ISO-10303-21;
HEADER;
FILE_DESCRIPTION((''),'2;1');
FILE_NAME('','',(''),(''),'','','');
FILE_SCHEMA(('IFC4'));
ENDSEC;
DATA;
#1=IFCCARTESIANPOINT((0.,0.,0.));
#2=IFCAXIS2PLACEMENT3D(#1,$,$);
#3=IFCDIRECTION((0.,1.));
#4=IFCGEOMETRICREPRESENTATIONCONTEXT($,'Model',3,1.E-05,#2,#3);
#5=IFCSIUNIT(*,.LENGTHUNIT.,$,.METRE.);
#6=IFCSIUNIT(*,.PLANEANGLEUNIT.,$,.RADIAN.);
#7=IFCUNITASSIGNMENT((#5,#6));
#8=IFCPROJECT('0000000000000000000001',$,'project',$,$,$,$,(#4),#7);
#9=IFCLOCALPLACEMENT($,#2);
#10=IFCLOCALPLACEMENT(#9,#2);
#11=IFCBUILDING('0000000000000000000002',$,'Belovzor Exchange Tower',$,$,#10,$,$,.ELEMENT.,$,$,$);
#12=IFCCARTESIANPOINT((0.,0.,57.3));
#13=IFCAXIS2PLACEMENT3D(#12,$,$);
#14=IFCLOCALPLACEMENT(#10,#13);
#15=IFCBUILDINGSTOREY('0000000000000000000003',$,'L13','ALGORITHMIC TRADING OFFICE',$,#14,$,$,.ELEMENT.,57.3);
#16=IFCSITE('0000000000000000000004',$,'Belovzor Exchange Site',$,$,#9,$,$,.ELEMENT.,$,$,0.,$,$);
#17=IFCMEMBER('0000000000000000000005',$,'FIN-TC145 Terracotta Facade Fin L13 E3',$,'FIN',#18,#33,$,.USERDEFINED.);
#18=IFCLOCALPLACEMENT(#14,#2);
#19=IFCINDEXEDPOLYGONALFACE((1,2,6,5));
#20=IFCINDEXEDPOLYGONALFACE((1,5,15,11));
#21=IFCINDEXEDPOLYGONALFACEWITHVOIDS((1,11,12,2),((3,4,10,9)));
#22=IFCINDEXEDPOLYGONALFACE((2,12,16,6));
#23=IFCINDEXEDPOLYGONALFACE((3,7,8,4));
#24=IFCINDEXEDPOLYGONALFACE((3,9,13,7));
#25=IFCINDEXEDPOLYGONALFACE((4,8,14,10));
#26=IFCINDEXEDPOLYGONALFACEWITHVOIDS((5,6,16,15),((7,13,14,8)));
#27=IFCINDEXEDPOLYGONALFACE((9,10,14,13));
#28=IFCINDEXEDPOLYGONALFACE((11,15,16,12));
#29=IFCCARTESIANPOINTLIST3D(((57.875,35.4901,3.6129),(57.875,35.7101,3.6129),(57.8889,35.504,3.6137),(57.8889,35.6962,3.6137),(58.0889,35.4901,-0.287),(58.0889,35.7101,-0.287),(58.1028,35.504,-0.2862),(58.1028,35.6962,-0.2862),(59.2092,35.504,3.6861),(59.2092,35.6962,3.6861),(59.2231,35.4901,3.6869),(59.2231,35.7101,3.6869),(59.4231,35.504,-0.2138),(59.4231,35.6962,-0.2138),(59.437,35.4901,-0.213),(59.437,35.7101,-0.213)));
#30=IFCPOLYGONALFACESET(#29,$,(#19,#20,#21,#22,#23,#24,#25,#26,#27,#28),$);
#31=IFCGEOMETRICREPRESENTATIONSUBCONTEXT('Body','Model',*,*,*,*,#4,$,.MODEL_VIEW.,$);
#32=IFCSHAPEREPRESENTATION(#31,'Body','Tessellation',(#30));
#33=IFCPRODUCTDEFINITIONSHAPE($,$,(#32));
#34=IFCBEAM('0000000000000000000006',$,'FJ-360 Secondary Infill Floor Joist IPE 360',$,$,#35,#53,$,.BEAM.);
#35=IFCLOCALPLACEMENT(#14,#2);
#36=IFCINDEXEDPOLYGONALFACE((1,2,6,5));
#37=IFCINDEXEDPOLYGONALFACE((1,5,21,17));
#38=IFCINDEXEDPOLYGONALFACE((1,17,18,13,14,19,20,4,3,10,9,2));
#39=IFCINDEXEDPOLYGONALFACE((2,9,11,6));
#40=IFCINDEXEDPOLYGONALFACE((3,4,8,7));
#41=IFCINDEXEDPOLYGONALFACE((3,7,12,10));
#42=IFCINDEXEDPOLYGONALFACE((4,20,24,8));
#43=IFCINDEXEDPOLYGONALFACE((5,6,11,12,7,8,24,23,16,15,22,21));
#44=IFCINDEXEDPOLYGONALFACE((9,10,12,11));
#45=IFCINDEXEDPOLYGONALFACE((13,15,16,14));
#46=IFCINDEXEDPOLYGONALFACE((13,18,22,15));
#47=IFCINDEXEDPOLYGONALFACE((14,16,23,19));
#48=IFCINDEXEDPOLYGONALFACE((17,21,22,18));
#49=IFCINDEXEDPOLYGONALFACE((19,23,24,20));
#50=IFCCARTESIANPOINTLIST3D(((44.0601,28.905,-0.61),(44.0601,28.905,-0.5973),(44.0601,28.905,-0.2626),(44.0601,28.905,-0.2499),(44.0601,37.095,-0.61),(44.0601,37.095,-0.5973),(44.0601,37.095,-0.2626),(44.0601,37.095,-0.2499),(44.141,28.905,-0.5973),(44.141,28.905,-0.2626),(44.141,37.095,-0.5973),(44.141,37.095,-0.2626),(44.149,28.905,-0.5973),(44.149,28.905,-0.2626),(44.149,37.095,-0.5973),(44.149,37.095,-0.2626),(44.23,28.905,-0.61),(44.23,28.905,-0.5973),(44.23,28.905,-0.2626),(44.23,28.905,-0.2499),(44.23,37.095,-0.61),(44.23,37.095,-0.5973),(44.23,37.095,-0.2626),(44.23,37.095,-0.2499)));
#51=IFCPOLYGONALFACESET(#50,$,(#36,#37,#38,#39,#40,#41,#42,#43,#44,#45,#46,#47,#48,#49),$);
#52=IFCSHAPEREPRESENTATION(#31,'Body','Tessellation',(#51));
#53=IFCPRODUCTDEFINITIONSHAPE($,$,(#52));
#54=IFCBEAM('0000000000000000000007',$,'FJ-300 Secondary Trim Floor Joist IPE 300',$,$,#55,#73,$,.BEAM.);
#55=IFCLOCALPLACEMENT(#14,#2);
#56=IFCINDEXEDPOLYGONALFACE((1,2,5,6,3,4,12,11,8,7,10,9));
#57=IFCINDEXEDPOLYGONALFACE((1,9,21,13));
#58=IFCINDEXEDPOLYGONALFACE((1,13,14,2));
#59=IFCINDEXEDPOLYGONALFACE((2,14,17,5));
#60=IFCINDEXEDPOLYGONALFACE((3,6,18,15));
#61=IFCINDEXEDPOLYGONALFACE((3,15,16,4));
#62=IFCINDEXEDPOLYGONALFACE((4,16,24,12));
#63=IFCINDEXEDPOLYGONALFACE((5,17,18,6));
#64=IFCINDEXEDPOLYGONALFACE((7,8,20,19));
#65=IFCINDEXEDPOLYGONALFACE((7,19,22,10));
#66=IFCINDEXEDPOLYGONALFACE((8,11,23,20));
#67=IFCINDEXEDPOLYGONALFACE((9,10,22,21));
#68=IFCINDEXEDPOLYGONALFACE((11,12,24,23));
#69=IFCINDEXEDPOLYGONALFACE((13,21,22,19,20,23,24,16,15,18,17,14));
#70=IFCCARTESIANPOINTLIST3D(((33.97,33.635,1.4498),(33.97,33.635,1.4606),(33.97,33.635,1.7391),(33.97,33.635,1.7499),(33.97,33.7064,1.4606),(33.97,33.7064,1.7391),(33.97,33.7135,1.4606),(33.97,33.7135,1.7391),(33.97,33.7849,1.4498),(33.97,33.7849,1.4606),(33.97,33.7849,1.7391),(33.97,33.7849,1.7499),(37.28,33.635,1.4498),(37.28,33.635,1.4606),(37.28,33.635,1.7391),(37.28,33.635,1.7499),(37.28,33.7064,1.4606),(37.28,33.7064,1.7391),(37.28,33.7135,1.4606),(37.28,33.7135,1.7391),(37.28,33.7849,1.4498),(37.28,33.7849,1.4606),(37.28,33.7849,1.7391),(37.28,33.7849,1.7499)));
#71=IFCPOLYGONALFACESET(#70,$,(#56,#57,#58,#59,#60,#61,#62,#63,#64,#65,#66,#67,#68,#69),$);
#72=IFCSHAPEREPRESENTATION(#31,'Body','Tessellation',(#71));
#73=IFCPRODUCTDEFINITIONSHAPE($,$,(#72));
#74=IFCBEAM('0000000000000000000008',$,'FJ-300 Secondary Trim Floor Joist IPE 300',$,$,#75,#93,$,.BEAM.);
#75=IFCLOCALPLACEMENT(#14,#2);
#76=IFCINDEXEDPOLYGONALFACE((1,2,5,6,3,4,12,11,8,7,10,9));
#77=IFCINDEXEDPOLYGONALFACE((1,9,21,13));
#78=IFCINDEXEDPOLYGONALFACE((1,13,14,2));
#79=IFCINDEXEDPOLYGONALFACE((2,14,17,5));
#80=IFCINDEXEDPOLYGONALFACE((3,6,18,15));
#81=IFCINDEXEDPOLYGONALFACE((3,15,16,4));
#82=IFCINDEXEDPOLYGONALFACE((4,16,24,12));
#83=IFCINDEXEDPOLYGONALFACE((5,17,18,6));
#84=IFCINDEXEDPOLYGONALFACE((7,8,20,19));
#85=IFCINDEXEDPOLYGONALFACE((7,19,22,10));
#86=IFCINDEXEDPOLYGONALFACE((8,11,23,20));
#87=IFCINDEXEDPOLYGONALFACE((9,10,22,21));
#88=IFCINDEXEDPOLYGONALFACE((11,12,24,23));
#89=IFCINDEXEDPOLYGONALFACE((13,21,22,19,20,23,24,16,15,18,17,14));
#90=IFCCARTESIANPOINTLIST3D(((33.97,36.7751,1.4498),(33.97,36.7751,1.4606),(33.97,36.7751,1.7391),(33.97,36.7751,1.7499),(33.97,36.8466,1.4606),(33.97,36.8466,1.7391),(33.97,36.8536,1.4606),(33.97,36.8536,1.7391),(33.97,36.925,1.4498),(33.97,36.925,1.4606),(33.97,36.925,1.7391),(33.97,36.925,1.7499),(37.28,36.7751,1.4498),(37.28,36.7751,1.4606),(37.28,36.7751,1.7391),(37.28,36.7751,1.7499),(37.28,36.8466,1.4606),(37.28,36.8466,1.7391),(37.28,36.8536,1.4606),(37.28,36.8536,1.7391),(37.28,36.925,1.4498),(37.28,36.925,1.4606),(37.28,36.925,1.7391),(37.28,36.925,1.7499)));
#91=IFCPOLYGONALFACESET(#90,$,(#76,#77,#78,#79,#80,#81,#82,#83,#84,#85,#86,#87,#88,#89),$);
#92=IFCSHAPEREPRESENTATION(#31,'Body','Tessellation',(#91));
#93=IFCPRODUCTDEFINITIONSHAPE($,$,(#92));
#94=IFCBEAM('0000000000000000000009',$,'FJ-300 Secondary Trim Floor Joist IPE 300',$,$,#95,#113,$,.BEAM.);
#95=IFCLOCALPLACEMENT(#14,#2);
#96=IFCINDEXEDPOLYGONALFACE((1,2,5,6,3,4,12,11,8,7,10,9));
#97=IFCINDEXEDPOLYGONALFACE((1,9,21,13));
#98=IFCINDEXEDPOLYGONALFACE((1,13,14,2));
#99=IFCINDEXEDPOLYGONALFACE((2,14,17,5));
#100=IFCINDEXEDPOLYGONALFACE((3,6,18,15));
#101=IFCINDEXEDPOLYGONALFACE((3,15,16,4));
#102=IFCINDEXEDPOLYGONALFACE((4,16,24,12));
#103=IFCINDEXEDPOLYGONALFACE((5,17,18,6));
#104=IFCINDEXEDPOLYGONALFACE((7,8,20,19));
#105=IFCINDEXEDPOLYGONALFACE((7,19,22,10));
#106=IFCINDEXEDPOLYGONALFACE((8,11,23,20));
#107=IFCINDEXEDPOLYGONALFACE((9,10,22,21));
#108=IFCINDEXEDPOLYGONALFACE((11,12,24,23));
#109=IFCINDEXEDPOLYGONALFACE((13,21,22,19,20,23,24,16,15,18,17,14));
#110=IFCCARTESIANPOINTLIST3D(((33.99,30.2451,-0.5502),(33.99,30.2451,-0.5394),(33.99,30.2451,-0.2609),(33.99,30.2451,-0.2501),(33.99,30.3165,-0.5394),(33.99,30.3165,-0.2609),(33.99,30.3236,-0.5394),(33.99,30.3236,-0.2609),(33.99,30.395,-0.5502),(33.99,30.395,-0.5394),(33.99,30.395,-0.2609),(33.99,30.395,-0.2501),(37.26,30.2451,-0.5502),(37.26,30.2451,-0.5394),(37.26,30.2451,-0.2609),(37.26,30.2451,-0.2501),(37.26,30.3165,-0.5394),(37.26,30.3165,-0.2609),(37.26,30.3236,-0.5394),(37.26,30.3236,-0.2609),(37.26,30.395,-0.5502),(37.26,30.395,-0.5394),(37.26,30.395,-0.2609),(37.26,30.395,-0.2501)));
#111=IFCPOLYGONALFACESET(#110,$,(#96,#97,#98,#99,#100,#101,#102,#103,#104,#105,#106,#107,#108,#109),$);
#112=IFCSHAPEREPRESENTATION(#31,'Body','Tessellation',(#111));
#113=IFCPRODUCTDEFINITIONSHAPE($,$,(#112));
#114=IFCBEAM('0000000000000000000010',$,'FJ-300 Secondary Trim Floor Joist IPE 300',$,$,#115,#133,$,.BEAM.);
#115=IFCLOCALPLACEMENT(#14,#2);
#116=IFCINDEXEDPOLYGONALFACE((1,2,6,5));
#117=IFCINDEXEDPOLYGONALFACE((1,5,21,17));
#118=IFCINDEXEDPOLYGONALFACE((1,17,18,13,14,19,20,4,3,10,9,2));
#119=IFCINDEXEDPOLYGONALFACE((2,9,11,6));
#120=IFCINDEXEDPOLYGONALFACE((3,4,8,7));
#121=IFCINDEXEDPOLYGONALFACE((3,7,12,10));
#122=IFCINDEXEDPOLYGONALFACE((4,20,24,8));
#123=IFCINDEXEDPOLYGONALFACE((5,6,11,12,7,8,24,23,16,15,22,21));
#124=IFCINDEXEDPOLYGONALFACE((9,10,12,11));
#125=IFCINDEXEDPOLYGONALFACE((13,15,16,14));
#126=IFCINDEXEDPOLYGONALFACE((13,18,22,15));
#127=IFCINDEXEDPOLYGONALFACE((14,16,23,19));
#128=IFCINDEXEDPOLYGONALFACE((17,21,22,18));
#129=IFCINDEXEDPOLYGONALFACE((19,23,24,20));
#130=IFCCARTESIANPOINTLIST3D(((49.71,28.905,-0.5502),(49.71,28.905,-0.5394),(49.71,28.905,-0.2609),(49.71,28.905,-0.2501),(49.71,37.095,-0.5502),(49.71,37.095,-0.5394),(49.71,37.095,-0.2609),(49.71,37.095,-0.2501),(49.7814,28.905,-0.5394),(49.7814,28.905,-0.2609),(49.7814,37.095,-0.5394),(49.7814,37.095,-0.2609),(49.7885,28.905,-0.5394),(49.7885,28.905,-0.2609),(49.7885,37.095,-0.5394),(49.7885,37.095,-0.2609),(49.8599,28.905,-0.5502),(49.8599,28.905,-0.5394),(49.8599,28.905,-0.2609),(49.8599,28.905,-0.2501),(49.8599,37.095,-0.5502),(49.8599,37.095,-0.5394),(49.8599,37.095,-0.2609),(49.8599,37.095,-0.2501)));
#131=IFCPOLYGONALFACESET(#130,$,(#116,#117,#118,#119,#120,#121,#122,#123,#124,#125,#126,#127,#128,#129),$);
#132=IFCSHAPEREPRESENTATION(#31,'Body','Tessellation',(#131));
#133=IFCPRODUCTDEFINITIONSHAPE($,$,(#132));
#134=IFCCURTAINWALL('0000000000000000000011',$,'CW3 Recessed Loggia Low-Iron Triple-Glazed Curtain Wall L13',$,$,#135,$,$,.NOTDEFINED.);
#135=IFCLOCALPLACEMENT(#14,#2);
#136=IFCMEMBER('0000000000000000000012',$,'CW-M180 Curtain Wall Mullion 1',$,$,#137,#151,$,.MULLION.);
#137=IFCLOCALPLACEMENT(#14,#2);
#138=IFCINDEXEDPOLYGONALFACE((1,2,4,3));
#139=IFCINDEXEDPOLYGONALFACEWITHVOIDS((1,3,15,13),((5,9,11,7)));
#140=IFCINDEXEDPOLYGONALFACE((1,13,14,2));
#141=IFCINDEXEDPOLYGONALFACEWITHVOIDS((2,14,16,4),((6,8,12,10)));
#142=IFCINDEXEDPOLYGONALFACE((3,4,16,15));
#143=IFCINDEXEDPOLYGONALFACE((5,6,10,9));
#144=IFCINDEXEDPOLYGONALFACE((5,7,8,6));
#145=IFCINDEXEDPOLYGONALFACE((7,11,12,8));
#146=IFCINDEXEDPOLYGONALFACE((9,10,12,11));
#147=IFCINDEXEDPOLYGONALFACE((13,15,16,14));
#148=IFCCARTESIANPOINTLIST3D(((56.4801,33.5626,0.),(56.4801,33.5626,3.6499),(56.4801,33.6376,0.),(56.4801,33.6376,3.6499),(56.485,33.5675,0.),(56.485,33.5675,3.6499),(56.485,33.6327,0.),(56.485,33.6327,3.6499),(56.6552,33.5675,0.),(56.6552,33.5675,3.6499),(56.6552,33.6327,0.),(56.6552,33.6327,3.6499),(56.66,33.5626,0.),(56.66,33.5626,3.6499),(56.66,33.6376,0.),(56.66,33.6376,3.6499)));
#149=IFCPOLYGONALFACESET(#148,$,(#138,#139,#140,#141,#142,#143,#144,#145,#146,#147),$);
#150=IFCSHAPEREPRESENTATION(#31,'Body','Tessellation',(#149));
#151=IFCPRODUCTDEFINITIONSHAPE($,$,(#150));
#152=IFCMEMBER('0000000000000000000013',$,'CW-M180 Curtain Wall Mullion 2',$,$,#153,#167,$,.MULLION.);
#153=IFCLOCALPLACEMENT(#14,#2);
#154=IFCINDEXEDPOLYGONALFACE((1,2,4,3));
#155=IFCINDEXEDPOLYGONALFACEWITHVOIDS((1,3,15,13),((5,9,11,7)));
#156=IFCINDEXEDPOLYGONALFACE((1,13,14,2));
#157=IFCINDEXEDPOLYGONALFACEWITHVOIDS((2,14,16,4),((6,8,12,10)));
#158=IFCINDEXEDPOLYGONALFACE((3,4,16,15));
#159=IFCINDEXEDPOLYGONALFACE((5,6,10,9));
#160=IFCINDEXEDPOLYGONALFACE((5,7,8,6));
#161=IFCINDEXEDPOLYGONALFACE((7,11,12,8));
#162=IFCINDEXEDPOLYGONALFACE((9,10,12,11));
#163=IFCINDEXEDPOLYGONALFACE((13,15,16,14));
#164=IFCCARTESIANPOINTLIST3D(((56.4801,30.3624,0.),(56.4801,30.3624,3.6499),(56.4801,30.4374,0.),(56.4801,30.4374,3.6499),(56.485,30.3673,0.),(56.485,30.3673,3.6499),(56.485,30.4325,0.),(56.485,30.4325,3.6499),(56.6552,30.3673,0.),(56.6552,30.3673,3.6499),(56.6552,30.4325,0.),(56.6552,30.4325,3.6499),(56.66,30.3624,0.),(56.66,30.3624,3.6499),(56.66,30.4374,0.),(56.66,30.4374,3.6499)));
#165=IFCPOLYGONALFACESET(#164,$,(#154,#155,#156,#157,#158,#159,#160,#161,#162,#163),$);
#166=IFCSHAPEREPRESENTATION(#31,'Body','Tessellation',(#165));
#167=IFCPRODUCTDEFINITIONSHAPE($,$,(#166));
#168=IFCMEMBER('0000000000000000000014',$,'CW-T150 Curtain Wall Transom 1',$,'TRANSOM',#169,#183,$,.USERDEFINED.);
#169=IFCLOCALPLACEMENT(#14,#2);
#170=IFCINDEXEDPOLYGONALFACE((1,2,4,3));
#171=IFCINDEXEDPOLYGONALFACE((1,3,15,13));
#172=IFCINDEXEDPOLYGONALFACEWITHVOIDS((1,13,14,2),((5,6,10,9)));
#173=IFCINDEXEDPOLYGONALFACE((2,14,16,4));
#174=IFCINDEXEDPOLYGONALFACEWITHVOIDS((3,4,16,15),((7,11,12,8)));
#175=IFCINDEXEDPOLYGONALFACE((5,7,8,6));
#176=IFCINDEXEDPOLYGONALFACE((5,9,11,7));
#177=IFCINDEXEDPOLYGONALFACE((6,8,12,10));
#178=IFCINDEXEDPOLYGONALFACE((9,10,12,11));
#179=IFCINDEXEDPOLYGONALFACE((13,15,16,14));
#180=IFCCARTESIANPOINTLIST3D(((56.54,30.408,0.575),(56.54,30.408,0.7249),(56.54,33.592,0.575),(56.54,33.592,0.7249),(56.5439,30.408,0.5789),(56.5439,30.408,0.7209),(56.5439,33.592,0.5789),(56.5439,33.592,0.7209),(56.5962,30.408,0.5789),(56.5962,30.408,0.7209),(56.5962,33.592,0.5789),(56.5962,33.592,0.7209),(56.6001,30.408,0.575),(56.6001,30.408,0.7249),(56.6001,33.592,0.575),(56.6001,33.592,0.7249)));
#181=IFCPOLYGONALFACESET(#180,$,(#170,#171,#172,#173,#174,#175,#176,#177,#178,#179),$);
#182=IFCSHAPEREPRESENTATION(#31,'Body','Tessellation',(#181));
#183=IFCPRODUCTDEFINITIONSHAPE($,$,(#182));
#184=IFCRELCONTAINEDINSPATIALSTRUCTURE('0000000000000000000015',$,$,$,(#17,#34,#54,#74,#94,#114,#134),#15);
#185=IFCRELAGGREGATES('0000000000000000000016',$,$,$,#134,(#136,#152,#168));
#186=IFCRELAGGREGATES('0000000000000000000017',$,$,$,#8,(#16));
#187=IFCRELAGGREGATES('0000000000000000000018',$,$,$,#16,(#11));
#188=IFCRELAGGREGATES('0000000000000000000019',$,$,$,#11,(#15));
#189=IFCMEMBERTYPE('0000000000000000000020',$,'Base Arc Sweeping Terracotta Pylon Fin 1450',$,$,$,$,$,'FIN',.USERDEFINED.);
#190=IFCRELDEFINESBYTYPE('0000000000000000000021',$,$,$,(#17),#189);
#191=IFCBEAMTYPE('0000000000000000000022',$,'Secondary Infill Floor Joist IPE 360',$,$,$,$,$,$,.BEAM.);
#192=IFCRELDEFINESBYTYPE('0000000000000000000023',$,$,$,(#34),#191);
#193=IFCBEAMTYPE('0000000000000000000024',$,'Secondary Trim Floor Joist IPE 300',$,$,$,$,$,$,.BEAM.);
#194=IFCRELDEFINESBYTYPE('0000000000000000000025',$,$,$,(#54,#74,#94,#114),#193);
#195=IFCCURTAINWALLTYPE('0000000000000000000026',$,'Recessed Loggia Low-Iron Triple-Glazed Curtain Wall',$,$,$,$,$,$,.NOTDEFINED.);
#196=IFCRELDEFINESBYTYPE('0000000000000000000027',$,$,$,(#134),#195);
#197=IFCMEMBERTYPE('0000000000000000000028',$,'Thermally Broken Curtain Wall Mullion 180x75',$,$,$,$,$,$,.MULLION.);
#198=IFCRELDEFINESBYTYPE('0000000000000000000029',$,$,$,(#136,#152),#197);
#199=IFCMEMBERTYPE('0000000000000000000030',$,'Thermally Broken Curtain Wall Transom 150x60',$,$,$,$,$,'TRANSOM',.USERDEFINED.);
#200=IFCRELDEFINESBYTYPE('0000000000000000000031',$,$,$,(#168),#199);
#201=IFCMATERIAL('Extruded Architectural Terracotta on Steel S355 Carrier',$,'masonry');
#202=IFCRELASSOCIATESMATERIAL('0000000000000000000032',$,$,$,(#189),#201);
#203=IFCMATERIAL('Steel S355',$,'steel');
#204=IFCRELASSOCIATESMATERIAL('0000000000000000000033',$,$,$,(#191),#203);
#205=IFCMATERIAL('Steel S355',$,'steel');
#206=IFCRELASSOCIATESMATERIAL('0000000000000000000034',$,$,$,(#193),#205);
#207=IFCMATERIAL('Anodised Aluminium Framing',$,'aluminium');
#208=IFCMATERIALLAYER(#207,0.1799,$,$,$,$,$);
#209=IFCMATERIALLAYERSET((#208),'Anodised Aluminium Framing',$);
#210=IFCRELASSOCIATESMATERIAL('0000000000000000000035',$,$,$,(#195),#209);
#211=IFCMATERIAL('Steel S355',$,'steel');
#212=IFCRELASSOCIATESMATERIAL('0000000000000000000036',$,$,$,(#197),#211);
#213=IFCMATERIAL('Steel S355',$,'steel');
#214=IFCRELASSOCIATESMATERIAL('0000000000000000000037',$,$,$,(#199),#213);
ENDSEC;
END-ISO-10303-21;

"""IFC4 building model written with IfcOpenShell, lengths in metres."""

from ifc_helpers import new_model, si_unit, direction, frame, origin, origin_2d, place, context, subcontext, project, spatial, hollow_rectangle, i_section, extrude, material, layer, layer_set, material_profile, profile_set, type_object, element, aggregate, save


model = new_model("IFC4")

# Units and contexts
model_context = context("Model", 3, precision=1e-05, world=origin(), true_north=direction((0.0, 1.0)))
body_context = subcontext(model_context, "Body", "Model", "MODEL_VIEW")
ifc_project = project(units=[si_unit("LENGTHUNIT", "METRE"), si_unit("PLANEANGLEUNIT", "RADIAN")], contexts=[model_context])

# Site, building, storey
site_placement = place(None, origin())
site = spatial("IfcSite", under=ifc_project, at=site_placement, Name="Belovzor Exchange Site", CompositionType="ELEMENT", RefElevation=0.0)
building_placement = place(site_placement, origin())
building = spatial("IfcBuilding", under=site, at=building_placement, Name="Belovzor Exchange Tower", CompositionType="ELEMENT")
storey_placement = place(building_placement, frame((0.0, 0.0, 57.3)))
storey = spatial("IfcBuildingStorey", under=building, at=storey_placement, Name="L13", Description="ALGORITHMIC TRADING OFFICE", CompositionType="ELEMENT", Elevation=57.3)

# Member
ifc_material_1 = material(Name="Extruded Architectural Terracotta on Steel S355 Carrier", Category="masonry")
ifc_material_profile_1 = material_profile(ifc_material_1, hollow_rectangle(XDim=0.22, YDim=1.3501, WallThickness=0.0139, at=origin_2d()))
ifc_profile_set_1 = profile_set([ifc_material_profile_1], Name="Extruded Architectural Terracotta on Steel S355 Carrier")
member_type_1 = type_object("IfcMemberType", Name="Base Arc Sweeping Terracotta Pylon Fin 1450", ElementType="FIN", PredefinedType="USERDEFINED", material=ifc_profile_set_1)
member_1_placement = place(storey_placement, frame((58.7629, 35.6001, -0.25), z_axis=(-0.054757, 0.0, 0.9985), x_axis=(0.0, -1.0, 0.0)))
element("IfcMember", 1, at=member_1_placement, inside=storey, type_object=member_type_1, Name="FIN-TC145 Terracotta Facade Fin L13 E3", ObjectType="FIN", PredefinedType="USERDEFINED", context=body_context, shape_type="SweptSolid", body=[
    extrude(hollow_rectangle(XDim=0.22, YDim=1.3501, WallThickness=0.0139, at=origin_2d()), origin(), (0.0, 0.0, 1.0), 3.9058),
])

# Beams
ifc_material_2 = material(Name="Steel S355", Category="steel")
ifc_material_profile_2 = material_profile(ifc_material_2, i_section(OverallWidth=0.1699, OverallDepth=0.3601, WebThickness=0.0081, FlangeThickness=0.0127, at=origin_2d()))
ifc_profile_set_2 = profile_set([ifc_material_profile_2], Name="Steel S355")
beam_type_1 = type_object("IfcBeamType", Name="Secondary Infill Floor Joist IPE 360", PredefinedType="BEAM", material=ifc_profile_set_2)
beam_1_placement = place(storey_placement, frame((44.145, 28.905, -0.4299), z_axis=(0.0, 1.0, 0.0), x_axis=(-1.0, 0.0, 0.0)))
element("IfcBeam", 2, at=beam_1_placement, inside=storey, type_object=beam_type_1, Name="FJ-360 Secondary Infill Floor Joist IPE 360", PredefinedType="BEAM", context=body_context, shape_type="SweptSolid", body=[
    extrude(i_section(OverallWidth=0.1699, OverallDepth=0.3601, WebThickness=0.0081, FlangeThickness=0.0127, at=origin_2d()), origin(), (0.0, 0.0, 1.0), 8.1899),
])
ifc_material_3 = material(Name="Steel S355", Category="steel")
ifc_material_profile_3 = material_profile(ifc_material_3, i_section(OverallWidth=0.1499, OverallDepth=0.3, WebThickness=0.0071, FlangeThickness=0.0107, at=origin_2d()))
ifc_profile_set_3 = profile_set([ifc_material_profile_3], Name="Steel S355")
beam_type_2 = type_object("IfcBeamType", Name="Secondary Trim Floor Joist IPE 300", PredefinedType="BEAM", material=ifc_profile_set_3)
for number, where, z_axis, x_axis, name in (
    (3, (37.28, 33.71, 1.5999), (-1.0, 0.0, 0.0), (0.0, -1.0, 0.0), "FJ-300 Secondary Trim Floor Joist IPE 300"),
    (4, (37.28, 36.8501, 1.5999), (-1.0, 0.0, 0.0), (0.0, -1.0, 0.0), "FJ-300 Secondary Trim Floor Joist IPE 300"),
):
    element("IfcBeam", number, at=place(storey_placement, frame(where, z_axis=z_axis, x_axis=x_axis)), inside=storey, type_object=beam_type_2, Name=name, PredefinedType="BEAM", context=body_context, shape_type="SweptSolid", body=[
        extrude(i_section(OverallWidth=0.1499, OverallDepth=0.3, WebThickness=0.0071, FlangeThickness=0.0107, at=origin_2d()), origin(), (0.0, 0.0, 1.0), 3.3101),
    ])
beam_2_placement = place(storey_placement, frame((37.26, 30.3201, -0.4001), z_axis=(-1.0, 0.0, 0.0), x_axis=(0.0, -1.0, 0.0)))
element("IfcBeam", 5, at=beam_2_placement, inside=storey, type_object=beam_type_2, Name="FJ-300 Secondary Trim Floor Joist IPE 300", PredefinedType="BEAM", context=body_context, shape_type="SweptSolid", body=[
    extrude(i_section(OverallWidth=0.1499, OverallDepth=0.3, WebThickness=0.0071, FlangeThickness=0.0107, at=origin_2d()), origin(), (0.0, 0.0, 1.0), 3.27),
])
beam_3_placement = place(storey_placement, frame((49.7849, 28.905, -0.4001), z_axis=(0.0, 1.0, 0.0), x_axis=(-1.0, 0.0, 0.0)))
element("IfcBeam", 6, at=beam_3_placement, inside=storey, type_object=beam_type_2, Name="FJ-300 Secondary Trim Floor Joist IPE 300", PredefinedType="BEAM", context=body_context, shape_type="SweptSolid", body=[
    extrude(i_section(OverallWidth=0.1499, OverallDepth=0.3, WebThickness=0.0071, FlangeThickness=0.0107, at=origin_2d()), origin(), (0.0, 0.0, 1.0), 8.1899),
])

# Curtain wall, members
ifc_material_4 = material(Name="Anodised Aluminium Framing", Category="aluminium")
ifc_layer_1 = layer(ifc_material_4, 0.1799)
ifc_layer_set_1 = layer_set([ifc_layer_1], Name="Anodised Aluminium Framing")
curtain_wall_type = type_object("IfcCurtainWallType", Name="Recessed Loggia Low-Iron Triple-Glazed Curtain Wall", PredefinedType="NOTDEFINED", material=ifc_layer_set_1)
curtain_wall_placement = place(storey_placement, origin())
curtain_wall = element("IfcCurtainWall", 7, at=curtain_wall_placement, inside=storey, type_object=curtain_wall_type, Name="CW3 Recessed Loggia Low-Iron Triple-Glazed Curtain Wall L13", PredefinedType="NOTDEFINED")
ifc_material_5 = material(Name="Steel S355", Category="steel")
ifc_material_profile_4 = material_profile(ifc_material_5, hollow_rectangle(XDim=0.075, YDim=0.1799, WallThickness=0.0049, at=origin_2d()))
ifc_profile_set_4 = profile_set([ifc_material_profile_4], Name="Steel S355")
member_type_2 = type_object("IfcMemberType", Name="Thermally Broken Curtain Wall Mullion 180x75", PredefinedType="MULLION", material=ifc_profile_set_4)
member_2_placement = place(storey_placement, frame((56.5701, 33.6001, 0.0), z_axis=(0.0, 0.0, 1.0), x_axis=(0.0, -1.0, 0.0)))
member_2 = element("IfcMember", 8, at=member_2_placement, type_object=member_type_2, Name="CW-M180 Curtain Wall Mullion 1", PredefinedType="MULLION", context=body_context, shape_type="SweptSolid", body=[
    extrude(hollow_rectangle(XDim=0.075, YDim=0.1799, WallThickness=0.0049, at=origin_2d()), origin(), (0.0, 0.0, 1.0), 3.6499),
])
member_3_placement = place(storey_placement, frame((56.5701, 30.3999, 0.0), z_axis=(0.0, 0.0, 1.0), x_axis=(0.0, -1.0, 0.0)))
member_3 = element("IfcMember", 9, at=member_3_placement, type_object=member_type_2, Name="CW-M180 Curtain Wall Mullion 2", PredefinedType="MULLION", context=body_context, shape_type="SweptSolid", body=[
    extrude(hollow_rectangle(XDim=0.075, YDim=0.1799, WallThickness=0.0049, at=origin_2d()), origin(), (0.0, 0.0, 1.0), 3.6499),
])
ifc_material_6 = material(Name="Steel S355", Category="steel")
ifc_material_profile_5 = material_profile(ifc_material_6, hollow_rectangle(XDim=0.0601, YDim=0.1499, WallThickness=0.0039, at=origin_2d()))
ifc_profile_set_5 = profile_set([ifc_material_profile_5], Name="Steel S355")
member_type_3 = type_object("IfcMemberType", Name="Thermally Broken Curtain Wall Transom 150x60", ElementType="TRANSOM", PredefinedType="USERDEFINED", material=ifc_profile_set_5)
member_4_placement = place(storey_placement, frame((56.5701, 33.592, 0.6499), z_axis=(0.0, -1.0, 0.0), x_axis=(1.0, 0.0, 0.0)))
member_4 = element("IfcMember", 10, at=member_4_placement, type_object=member_type_3, Name="CW-T150 Curtain Wall Transom 1", ObjectType="TRANSOM", PredefinedType="USERDEFINED", context=body_context, shape_type="SweptSolid", body=[
    extrude(hollow_rectangle(XDim=0.0601, YDim=0.1499, WallThickness=0.0039, at=origin_2d()), origin(), (0.0, 0.0, 1.0), 3.1841),
])

aggregate(curtain_wall, [member_2, member_3, member_4])

save(model, "model.ifc")
